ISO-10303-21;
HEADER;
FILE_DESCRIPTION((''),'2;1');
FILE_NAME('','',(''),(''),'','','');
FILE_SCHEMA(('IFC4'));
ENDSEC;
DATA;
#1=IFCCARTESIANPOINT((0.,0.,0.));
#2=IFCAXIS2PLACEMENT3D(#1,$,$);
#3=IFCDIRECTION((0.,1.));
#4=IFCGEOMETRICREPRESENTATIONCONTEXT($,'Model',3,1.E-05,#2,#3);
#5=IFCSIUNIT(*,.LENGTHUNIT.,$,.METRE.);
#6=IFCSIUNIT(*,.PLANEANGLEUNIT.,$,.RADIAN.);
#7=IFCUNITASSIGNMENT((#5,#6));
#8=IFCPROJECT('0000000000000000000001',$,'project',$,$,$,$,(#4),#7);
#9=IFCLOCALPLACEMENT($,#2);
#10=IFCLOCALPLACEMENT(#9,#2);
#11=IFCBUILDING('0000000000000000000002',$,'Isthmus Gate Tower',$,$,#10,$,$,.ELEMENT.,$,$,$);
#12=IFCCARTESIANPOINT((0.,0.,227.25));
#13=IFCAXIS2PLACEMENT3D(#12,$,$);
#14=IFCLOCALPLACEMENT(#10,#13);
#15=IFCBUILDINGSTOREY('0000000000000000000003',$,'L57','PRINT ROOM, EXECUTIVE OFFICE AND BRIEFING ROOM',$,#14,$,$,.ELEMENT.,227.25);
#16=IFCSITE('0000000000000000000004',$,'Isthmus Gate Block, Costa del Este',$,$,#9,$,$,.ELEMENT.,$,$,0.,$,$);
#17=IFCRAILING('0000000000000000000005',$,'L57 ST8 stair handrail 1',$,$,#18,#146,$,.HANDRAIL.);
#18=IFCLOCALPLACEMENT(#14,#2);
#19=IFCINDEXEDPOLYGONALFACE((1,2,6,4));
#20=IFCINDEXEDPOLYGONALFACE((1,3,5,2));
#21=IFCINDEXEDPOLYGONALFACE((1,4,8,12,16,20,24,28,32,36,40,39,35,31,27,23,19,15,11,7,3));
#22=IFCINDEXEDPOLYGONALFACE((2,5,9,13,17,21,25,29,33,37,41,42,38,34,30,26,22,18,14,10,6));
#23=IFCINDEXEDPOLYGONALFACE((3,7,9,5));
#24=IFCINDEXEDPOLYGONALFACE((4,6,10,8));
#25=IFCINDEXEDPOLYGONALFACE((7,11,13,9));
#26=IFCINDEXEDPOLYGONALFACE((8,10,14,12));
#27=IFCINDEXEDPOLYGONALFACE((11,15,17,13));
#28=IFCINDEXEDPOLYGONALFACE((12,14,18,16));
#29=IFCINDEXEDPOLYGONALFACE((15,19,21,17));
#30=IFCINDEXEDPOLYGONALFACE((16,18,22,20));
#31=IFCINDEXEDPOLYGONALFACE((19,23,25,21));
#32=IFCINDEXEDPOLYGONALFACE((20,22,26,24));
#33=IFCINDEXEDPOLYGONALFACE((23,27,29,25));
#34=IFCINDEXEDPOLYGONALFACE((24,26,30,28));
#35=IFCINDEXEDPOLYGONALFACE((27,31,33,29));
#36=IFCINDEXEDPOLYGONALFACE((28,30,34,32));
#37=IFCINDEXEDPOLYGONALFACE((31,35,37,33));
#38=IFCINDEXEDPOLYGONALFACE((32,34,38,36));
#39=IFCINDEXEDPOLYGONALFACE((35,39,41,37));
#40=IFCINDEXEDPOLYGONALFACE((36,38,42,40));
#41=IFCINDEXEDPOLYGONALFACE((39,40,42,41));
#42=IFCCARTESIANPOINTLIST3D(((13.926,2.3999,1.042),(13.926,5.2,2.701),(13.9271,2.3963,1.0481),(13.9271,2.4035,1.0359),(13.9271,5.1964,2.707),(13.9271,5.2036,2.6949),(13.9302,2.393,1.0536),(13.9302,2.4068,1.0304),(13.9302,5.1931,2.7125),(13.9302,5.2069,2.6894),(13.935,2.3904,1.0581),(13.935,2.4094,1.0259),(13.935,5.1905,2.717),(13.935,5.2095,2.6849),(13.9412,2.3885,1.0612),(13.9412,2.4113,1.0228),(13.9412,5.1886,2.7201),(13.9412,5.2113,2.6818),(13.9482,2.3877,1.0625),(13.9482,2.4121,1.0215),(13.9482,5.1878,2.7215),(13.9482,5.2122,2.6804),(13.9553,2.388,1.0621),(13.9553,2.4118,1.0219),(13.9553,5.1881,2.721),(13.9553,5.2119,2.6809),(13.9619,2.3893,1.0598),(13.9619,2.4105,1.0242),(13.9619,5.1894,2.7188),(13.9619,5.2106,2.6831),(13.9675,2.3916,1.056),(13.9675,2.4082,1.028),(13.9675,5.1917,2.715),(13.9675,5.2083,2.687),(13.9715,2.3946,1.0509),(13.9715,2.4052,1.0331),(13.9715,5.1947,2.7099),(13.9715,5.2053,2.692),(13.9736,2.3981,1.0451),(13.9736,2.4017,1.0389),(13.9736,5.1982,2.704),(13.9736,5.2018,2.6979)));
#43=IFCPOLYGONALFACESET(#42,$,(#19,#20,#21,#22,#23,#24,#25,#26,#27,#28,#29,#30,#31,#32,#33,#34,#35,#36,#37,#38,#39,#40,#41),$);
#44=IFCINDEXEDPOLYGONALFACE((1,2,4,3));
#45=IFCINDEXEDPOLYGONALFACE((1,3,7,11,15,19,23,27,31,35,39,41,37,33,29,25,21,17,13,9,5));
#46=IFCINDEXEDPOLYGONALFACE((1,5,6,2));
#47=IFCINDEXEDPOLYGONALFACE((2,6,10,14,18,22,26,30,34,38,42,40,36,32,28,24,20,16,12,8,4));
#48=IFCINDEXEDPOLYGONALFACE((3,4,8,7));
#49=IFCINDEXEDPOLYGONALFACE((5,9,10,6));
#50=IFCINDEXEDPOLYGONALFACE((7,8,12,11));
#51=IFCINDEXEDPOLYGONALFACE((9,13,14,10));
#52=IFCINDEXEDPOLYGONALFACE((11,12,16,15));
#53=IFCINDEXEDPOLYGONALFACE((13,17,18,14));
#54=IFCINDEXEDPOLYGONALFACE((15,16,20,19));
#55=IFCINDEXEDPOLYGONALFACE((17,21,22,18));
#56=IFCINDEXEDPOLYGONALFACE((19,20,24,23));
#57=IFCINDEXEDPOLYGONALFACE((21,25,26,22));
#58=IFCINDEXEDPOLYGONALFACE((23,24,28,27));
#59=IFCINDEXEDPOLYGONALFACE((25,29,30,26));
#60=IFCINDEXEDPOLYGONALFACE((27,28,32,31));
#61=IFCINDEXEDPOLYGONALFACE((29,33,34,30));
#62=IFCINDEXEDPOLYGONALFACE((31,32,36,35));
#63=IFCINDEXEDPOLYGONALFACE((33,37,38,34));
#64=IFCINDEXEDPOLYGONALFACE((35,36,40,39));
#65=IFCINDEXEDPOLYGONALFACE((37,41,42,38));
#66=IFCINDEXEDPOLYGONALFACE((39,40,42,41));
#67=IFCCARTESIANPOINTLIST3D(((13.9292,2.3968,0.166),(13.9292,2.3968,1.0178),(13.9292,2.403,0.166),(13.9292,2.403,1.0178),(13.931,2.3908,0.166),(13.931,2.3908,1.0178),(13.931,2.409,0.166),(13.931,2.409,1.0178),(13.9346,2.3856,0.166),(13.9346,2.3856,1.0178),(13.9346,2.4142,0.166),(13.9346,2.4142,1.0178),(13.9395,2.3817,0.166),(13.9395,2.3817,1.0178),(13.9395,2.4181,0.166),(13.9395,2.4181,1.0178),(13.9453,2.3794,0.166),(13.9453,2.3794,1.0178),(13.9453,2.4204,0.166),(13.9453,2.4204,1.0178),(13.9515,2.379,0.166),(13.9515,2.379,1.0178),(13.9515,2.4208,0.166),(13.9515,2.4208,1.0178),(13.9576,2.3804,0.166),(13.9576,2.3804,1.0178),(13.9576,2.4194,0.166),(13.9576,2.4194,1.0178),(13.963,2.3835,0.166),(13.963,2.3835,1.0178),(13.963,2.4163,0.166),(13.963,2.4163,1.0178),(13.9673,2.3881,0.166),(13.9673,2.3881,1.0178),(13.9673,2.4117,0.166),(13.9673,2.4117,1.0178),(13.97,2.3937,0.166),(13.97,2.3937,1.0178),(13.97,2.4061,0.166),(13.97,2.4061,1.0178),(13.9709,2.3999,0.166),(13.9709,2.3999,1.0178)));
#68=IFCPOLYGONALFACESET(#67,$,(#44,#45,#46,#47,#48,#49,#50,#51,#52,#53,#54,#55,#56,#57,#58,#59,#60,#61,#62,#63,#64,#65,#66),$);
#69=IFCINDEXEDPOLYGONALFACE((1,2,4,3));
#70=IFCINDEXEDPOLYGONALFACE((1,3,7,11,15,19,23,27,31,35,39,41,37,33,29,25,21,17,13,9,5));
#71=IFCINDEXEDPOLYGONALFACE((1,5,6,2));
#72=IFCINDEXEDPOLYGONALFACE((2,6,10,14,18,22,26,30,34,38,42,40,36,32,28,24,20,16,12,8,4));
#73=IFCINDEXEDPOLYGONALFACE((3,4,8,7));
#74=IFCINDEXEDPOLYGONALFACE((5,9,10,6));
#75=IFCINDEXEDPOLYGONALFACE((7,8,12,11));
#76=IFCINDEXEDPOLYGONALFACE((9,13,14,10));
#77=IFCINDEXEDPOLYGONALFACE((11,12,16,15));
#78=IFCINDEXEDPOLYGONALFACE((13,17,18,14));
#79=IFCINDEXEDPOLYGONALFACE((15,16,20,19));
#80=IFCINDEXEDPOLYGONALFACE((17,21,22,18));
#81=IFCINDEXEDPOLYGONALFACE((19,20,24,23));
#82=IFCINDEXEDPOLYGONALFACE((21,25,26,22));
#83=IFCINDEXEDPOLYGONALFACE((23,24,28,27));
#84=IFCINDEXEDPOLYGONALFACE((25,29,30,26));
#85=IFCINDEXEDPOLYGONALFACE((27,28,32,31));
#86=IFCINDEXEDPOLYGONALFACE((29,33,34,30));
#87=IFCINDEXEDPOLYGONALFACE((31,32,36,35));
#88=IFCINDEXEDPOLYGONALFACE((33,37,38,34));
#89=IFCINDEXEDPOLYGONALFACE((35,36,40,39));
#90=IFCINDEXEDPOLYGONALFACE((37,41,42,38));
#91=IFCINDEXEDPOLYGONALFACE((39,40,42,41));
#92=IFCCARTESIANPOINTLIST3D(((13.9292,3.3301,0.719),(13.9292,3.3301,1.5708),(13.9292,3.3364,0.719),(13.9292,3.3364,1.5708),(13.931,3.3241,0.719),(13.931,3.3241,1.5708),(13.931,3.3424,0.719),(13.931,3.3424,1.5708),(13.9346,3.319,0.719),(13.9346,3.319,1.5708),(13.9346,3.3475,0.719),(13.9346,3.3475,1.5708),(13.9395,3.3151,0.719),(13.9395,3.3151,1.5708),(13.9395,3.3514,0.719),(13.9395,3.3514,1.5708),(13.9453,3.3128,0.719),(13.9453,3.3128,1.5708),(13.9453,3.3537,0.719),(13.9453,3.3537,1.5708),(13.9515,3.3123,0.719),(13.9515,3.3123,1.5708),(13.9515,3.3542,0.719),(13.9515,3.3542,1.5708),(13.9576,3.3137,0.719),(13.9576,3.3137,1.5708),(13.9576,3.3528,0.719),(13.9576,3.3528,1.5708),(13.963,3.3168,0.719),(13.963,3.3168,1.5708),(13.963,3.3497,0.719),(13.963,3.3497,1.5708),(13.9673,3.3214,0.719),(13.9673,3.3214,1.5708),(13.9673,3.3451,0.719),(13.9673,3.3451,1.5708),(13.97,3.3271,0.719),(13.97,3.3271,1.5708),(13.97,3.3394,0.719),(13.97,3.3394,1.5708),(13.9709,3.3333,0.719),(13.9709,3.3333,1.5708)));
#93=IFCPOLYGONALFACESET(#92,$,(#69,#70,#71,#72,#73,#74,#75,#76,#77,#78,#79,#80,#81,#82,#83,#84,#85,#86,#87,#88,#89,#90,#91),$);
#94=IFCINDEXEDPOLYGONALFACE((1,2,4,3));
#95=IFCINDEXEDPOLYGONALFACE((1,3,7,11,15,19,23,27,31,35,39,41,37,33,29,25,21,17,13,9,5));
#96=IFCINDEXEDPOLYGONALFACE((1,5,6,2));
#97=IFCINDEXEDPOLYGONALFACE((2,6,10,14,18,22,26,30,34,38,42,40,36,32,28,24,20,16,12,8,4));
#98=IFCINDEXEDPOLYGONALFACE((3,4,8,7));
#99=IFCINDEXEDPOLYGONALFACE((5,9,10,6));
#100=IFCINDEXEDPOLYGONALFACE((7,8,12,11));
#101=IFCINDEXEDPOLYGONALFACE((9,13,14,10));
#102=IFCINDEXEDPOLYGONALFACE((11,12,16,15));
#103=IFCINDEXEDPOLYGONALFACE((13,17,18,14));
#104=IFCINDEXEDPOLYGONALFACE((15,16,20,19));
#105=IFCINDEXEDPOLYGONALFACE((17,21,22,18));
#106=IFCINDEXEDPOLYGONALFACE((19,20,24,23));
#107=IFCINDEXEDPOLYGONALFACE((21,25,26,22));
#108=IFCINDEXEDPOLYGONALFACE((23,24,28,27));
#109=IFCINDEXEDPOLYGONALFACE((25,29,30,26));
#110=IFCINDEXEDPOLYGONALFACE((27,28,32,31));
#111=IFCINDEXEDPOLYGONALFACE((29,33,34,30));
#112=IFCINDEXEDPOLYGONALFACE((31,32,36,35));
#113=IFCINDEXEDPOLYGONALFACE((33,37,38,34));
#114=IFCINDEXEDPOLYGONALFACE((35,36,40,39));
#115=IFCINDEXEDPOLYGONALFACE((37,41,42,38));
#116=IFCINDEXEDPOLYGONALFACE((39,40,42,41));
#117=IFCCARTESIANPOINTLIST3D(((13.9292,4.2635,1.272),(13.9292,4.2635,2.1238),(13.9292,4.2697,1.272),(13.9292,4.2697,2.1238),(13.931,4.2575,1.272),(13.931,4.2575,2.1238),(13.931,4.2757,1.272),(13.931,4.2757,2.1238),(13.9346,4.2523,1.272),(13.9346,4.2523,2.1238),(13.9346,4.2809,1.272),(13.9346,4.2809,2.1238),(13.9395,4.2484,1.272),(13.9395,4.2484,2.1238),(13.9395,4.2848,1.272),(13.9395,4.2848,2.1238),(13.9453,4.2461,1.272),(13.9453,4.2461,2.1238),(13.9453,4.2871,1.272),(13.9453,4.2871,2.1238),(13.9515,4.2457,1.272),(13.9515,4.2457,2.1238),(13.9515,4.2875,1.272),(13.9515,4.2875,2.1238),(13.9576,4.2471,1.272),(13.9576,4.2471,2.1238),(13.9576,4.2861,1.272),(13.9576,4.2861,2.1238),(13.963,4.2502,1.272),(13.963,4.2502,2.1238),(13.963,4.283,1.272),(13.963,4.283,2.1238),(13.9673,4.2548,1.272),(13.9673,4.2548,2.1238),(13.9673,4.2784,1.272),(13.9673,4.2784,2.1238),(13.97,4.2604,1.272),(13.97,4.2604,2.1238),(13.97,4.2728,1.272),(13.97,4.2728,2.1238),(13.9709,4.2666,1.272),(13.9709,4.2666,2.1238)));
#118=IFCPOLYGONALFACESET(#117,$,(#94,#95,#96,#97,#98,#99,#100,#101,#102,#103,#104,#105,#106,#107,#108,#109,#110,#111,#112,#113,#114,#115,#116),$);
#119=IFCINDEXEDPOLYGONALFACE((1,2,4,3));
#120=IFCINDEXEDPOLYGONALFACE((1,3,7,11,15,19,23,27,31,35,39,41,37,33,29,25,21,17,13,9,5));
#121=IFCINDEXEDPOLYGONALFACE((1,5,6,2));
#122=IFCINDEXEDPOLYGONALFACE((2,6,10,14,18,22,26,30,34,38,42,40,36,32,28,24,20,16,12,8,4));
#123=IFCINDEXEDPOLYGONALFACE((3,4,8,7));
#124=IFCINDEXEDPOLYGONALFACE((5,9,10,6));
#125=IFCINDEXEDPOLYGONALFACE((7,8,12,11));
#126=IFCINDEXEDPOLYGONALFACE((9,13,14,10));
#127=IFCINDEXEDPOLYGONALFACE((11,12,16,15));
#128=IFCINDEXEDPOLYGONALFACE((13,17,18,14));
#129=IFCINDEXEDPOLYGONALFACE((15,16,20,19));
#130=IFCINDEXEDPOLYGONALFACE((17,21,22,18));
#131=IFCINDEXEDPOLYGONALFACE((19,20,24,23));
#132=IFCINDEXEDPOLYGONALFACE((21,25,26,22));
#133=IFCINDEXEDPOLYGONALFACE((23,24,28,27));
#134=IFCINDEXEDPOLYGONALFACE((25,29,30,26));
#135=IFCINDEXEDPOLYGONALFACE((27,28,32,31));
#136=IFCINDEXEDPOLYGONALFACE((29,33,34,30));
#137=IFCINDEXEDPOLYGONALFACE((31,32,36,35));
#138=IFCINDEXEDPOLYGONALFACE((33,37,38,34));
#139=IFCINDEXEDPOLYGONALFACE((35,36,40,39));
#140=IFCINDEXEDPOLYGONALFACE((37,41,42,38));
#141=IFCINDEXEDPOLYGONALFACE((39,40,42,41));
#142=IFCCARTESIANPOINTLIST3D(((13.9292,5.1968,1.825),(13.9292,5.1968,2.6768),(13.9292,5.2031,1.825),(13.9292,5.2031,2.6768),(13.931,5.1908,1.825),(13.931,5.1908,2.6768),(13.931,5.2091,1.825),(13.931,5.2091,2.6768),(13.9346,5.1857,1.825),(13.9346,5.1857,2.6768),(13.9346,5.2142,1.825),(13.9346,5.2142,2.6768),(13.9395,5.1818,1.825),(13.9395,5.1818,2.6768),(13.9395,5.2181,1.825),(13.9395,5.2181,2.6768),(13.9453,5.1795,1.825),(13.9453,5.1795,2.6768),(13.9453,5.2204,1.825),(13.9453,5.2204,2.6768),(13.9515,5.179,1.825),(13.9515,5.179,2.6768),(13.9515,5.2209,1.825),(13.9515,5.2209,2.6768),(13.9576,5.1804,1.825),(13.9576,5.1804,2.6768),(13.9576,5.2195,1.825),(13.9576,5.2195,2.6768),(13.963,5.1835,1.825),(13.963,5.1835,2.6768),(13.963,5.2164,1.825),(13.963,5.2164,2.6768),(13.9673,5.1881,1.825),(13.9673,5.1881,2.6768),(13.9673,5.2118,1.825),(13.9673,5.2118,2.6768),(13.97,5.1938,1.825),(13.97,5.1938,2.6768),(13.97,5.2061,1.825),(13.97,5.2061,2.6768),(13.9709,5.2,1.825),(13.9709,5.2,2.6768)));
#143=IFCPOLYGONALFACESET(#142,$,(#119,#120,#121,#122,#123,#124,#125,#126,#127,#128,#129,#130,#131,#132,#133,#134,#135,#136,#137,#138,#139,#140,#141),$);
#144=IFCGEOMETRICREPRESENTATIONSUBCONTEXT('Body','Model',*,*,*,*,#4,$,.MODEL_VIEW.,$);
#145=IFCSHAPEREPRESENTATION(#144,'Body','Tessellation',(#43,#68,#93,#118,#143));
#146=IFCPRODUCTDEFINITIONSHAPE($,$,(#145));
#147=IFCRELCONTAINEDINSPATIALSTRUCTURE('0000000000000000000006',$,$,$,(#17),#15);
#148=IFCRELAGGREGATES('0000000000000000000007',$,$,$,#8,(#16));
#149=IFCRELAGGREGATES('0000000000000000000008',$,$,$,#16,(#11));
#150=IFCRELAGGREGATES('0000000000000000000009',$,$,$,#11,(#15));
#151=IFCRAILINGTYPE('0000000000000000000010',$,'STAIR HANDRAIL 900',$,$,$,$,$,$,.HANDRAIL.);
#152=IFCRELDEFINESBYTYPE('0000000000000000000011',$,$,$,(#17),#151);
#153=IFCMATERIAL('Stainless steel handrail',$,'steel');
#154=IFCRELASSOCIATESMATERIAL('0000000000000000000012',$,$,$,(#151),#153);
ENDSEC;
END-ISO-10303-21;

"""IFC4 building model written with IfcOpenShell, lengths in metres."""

from ifc_helpers import new_model, si_unit, direction, frame, origin, origin_2d, place, context, subcontext, project, spatial, circle, extrude, material, type_object, element, save


model = new_model("IFC4")

# Units and contexts
model_context = context("Model", 3, precision=1e-05, world=origin(), true_north=direction((0.0, 1.0)))
body_context = subcontext(model_context, "Body", "Model", "MODEL_VIEW")
ifc_project = project(units=[si_unit("LENGTHUNIT", "METRE"), si_unit("PLANEANGLEUNIT", "RADIAN")], contexts=[model_context])

# Site, building, storey
site_placement = place(None, origin())
site = spatial("IfcSite", under=ifc_project, at=site_placement, Name="Isthmus Gate Block, Costa del Este", CompositionType="ELEMENT", RefElevation=0.0)
building_placement = place(site_placement, origin())
building = spatial("IfcBuilding", under=site, at=building_placement, Name="Isthmus Gate Tower", CompositionType="ELEMENT")
storey_placement = place(building_placement, frame((0.0, 0.0, 227.25)))
storey = spatial("IfcBuildingStorey", under=building, at=storey_placement, Name="L57", Description="PRINT ROOM, EXECUTIVE OFFICE AND BRIEFING ROOM", CompositionType="ELEMENT", Elevation=227.25)

# Railing
ifc_material_1 = material(Name="Stainless steel handrail", Category="steel")
railing_type_1 = type_object("IfcRailingType", Name="STAIR HANDRAIL 900", PredefinedType="HANDRAIL", material=ifc_material_1)
for number, where, name in (
    (1, (13.95, 2.3999, 0.166), "L57 ST8 stair handrail 1"),
):
    element("IfcRailing", number, at=place(storey_placement, frame(where)), inside=storey, type_object=railing_type_1, Name=name, PredefinedType="HANDRAIL", context=body_context, shape_type="SweptSolid", body=[
        extrude(circle(Radius=0.0239, at=origin_2d()), frame((0.0, 0.0, 0.876), z_axis=(0.0, 0.860339, 0.509722), x_axis=(-1.0, 0.0, 0.0)), (0.0, 0.0, 1.0), 3.2546),
        extrude(circle(Radius=0.021, at=origin_2d()), origin(), (0.0, 0.0, 1.0), 0.8518),
        extrude(circle(Radius=0.021, at=origin_2d()), frame((0.0, 0.9333, 0.553)), (0.0, 0.0, 1.0), 0.8518),
        extrude(circle(Radius=0.021, at=origin_2d()), frame((0.0, 1.8667, 1.106)), (0.0, 0.0, 1.0), 0.8518),
        extrude(circle(Radius=0.021, at=origin_2d()), frame((0.0, 2.8, 1.6589)), (0.0, 0.0, 1.0), 0.8518),
    ])

save(model, "model.ifc")
